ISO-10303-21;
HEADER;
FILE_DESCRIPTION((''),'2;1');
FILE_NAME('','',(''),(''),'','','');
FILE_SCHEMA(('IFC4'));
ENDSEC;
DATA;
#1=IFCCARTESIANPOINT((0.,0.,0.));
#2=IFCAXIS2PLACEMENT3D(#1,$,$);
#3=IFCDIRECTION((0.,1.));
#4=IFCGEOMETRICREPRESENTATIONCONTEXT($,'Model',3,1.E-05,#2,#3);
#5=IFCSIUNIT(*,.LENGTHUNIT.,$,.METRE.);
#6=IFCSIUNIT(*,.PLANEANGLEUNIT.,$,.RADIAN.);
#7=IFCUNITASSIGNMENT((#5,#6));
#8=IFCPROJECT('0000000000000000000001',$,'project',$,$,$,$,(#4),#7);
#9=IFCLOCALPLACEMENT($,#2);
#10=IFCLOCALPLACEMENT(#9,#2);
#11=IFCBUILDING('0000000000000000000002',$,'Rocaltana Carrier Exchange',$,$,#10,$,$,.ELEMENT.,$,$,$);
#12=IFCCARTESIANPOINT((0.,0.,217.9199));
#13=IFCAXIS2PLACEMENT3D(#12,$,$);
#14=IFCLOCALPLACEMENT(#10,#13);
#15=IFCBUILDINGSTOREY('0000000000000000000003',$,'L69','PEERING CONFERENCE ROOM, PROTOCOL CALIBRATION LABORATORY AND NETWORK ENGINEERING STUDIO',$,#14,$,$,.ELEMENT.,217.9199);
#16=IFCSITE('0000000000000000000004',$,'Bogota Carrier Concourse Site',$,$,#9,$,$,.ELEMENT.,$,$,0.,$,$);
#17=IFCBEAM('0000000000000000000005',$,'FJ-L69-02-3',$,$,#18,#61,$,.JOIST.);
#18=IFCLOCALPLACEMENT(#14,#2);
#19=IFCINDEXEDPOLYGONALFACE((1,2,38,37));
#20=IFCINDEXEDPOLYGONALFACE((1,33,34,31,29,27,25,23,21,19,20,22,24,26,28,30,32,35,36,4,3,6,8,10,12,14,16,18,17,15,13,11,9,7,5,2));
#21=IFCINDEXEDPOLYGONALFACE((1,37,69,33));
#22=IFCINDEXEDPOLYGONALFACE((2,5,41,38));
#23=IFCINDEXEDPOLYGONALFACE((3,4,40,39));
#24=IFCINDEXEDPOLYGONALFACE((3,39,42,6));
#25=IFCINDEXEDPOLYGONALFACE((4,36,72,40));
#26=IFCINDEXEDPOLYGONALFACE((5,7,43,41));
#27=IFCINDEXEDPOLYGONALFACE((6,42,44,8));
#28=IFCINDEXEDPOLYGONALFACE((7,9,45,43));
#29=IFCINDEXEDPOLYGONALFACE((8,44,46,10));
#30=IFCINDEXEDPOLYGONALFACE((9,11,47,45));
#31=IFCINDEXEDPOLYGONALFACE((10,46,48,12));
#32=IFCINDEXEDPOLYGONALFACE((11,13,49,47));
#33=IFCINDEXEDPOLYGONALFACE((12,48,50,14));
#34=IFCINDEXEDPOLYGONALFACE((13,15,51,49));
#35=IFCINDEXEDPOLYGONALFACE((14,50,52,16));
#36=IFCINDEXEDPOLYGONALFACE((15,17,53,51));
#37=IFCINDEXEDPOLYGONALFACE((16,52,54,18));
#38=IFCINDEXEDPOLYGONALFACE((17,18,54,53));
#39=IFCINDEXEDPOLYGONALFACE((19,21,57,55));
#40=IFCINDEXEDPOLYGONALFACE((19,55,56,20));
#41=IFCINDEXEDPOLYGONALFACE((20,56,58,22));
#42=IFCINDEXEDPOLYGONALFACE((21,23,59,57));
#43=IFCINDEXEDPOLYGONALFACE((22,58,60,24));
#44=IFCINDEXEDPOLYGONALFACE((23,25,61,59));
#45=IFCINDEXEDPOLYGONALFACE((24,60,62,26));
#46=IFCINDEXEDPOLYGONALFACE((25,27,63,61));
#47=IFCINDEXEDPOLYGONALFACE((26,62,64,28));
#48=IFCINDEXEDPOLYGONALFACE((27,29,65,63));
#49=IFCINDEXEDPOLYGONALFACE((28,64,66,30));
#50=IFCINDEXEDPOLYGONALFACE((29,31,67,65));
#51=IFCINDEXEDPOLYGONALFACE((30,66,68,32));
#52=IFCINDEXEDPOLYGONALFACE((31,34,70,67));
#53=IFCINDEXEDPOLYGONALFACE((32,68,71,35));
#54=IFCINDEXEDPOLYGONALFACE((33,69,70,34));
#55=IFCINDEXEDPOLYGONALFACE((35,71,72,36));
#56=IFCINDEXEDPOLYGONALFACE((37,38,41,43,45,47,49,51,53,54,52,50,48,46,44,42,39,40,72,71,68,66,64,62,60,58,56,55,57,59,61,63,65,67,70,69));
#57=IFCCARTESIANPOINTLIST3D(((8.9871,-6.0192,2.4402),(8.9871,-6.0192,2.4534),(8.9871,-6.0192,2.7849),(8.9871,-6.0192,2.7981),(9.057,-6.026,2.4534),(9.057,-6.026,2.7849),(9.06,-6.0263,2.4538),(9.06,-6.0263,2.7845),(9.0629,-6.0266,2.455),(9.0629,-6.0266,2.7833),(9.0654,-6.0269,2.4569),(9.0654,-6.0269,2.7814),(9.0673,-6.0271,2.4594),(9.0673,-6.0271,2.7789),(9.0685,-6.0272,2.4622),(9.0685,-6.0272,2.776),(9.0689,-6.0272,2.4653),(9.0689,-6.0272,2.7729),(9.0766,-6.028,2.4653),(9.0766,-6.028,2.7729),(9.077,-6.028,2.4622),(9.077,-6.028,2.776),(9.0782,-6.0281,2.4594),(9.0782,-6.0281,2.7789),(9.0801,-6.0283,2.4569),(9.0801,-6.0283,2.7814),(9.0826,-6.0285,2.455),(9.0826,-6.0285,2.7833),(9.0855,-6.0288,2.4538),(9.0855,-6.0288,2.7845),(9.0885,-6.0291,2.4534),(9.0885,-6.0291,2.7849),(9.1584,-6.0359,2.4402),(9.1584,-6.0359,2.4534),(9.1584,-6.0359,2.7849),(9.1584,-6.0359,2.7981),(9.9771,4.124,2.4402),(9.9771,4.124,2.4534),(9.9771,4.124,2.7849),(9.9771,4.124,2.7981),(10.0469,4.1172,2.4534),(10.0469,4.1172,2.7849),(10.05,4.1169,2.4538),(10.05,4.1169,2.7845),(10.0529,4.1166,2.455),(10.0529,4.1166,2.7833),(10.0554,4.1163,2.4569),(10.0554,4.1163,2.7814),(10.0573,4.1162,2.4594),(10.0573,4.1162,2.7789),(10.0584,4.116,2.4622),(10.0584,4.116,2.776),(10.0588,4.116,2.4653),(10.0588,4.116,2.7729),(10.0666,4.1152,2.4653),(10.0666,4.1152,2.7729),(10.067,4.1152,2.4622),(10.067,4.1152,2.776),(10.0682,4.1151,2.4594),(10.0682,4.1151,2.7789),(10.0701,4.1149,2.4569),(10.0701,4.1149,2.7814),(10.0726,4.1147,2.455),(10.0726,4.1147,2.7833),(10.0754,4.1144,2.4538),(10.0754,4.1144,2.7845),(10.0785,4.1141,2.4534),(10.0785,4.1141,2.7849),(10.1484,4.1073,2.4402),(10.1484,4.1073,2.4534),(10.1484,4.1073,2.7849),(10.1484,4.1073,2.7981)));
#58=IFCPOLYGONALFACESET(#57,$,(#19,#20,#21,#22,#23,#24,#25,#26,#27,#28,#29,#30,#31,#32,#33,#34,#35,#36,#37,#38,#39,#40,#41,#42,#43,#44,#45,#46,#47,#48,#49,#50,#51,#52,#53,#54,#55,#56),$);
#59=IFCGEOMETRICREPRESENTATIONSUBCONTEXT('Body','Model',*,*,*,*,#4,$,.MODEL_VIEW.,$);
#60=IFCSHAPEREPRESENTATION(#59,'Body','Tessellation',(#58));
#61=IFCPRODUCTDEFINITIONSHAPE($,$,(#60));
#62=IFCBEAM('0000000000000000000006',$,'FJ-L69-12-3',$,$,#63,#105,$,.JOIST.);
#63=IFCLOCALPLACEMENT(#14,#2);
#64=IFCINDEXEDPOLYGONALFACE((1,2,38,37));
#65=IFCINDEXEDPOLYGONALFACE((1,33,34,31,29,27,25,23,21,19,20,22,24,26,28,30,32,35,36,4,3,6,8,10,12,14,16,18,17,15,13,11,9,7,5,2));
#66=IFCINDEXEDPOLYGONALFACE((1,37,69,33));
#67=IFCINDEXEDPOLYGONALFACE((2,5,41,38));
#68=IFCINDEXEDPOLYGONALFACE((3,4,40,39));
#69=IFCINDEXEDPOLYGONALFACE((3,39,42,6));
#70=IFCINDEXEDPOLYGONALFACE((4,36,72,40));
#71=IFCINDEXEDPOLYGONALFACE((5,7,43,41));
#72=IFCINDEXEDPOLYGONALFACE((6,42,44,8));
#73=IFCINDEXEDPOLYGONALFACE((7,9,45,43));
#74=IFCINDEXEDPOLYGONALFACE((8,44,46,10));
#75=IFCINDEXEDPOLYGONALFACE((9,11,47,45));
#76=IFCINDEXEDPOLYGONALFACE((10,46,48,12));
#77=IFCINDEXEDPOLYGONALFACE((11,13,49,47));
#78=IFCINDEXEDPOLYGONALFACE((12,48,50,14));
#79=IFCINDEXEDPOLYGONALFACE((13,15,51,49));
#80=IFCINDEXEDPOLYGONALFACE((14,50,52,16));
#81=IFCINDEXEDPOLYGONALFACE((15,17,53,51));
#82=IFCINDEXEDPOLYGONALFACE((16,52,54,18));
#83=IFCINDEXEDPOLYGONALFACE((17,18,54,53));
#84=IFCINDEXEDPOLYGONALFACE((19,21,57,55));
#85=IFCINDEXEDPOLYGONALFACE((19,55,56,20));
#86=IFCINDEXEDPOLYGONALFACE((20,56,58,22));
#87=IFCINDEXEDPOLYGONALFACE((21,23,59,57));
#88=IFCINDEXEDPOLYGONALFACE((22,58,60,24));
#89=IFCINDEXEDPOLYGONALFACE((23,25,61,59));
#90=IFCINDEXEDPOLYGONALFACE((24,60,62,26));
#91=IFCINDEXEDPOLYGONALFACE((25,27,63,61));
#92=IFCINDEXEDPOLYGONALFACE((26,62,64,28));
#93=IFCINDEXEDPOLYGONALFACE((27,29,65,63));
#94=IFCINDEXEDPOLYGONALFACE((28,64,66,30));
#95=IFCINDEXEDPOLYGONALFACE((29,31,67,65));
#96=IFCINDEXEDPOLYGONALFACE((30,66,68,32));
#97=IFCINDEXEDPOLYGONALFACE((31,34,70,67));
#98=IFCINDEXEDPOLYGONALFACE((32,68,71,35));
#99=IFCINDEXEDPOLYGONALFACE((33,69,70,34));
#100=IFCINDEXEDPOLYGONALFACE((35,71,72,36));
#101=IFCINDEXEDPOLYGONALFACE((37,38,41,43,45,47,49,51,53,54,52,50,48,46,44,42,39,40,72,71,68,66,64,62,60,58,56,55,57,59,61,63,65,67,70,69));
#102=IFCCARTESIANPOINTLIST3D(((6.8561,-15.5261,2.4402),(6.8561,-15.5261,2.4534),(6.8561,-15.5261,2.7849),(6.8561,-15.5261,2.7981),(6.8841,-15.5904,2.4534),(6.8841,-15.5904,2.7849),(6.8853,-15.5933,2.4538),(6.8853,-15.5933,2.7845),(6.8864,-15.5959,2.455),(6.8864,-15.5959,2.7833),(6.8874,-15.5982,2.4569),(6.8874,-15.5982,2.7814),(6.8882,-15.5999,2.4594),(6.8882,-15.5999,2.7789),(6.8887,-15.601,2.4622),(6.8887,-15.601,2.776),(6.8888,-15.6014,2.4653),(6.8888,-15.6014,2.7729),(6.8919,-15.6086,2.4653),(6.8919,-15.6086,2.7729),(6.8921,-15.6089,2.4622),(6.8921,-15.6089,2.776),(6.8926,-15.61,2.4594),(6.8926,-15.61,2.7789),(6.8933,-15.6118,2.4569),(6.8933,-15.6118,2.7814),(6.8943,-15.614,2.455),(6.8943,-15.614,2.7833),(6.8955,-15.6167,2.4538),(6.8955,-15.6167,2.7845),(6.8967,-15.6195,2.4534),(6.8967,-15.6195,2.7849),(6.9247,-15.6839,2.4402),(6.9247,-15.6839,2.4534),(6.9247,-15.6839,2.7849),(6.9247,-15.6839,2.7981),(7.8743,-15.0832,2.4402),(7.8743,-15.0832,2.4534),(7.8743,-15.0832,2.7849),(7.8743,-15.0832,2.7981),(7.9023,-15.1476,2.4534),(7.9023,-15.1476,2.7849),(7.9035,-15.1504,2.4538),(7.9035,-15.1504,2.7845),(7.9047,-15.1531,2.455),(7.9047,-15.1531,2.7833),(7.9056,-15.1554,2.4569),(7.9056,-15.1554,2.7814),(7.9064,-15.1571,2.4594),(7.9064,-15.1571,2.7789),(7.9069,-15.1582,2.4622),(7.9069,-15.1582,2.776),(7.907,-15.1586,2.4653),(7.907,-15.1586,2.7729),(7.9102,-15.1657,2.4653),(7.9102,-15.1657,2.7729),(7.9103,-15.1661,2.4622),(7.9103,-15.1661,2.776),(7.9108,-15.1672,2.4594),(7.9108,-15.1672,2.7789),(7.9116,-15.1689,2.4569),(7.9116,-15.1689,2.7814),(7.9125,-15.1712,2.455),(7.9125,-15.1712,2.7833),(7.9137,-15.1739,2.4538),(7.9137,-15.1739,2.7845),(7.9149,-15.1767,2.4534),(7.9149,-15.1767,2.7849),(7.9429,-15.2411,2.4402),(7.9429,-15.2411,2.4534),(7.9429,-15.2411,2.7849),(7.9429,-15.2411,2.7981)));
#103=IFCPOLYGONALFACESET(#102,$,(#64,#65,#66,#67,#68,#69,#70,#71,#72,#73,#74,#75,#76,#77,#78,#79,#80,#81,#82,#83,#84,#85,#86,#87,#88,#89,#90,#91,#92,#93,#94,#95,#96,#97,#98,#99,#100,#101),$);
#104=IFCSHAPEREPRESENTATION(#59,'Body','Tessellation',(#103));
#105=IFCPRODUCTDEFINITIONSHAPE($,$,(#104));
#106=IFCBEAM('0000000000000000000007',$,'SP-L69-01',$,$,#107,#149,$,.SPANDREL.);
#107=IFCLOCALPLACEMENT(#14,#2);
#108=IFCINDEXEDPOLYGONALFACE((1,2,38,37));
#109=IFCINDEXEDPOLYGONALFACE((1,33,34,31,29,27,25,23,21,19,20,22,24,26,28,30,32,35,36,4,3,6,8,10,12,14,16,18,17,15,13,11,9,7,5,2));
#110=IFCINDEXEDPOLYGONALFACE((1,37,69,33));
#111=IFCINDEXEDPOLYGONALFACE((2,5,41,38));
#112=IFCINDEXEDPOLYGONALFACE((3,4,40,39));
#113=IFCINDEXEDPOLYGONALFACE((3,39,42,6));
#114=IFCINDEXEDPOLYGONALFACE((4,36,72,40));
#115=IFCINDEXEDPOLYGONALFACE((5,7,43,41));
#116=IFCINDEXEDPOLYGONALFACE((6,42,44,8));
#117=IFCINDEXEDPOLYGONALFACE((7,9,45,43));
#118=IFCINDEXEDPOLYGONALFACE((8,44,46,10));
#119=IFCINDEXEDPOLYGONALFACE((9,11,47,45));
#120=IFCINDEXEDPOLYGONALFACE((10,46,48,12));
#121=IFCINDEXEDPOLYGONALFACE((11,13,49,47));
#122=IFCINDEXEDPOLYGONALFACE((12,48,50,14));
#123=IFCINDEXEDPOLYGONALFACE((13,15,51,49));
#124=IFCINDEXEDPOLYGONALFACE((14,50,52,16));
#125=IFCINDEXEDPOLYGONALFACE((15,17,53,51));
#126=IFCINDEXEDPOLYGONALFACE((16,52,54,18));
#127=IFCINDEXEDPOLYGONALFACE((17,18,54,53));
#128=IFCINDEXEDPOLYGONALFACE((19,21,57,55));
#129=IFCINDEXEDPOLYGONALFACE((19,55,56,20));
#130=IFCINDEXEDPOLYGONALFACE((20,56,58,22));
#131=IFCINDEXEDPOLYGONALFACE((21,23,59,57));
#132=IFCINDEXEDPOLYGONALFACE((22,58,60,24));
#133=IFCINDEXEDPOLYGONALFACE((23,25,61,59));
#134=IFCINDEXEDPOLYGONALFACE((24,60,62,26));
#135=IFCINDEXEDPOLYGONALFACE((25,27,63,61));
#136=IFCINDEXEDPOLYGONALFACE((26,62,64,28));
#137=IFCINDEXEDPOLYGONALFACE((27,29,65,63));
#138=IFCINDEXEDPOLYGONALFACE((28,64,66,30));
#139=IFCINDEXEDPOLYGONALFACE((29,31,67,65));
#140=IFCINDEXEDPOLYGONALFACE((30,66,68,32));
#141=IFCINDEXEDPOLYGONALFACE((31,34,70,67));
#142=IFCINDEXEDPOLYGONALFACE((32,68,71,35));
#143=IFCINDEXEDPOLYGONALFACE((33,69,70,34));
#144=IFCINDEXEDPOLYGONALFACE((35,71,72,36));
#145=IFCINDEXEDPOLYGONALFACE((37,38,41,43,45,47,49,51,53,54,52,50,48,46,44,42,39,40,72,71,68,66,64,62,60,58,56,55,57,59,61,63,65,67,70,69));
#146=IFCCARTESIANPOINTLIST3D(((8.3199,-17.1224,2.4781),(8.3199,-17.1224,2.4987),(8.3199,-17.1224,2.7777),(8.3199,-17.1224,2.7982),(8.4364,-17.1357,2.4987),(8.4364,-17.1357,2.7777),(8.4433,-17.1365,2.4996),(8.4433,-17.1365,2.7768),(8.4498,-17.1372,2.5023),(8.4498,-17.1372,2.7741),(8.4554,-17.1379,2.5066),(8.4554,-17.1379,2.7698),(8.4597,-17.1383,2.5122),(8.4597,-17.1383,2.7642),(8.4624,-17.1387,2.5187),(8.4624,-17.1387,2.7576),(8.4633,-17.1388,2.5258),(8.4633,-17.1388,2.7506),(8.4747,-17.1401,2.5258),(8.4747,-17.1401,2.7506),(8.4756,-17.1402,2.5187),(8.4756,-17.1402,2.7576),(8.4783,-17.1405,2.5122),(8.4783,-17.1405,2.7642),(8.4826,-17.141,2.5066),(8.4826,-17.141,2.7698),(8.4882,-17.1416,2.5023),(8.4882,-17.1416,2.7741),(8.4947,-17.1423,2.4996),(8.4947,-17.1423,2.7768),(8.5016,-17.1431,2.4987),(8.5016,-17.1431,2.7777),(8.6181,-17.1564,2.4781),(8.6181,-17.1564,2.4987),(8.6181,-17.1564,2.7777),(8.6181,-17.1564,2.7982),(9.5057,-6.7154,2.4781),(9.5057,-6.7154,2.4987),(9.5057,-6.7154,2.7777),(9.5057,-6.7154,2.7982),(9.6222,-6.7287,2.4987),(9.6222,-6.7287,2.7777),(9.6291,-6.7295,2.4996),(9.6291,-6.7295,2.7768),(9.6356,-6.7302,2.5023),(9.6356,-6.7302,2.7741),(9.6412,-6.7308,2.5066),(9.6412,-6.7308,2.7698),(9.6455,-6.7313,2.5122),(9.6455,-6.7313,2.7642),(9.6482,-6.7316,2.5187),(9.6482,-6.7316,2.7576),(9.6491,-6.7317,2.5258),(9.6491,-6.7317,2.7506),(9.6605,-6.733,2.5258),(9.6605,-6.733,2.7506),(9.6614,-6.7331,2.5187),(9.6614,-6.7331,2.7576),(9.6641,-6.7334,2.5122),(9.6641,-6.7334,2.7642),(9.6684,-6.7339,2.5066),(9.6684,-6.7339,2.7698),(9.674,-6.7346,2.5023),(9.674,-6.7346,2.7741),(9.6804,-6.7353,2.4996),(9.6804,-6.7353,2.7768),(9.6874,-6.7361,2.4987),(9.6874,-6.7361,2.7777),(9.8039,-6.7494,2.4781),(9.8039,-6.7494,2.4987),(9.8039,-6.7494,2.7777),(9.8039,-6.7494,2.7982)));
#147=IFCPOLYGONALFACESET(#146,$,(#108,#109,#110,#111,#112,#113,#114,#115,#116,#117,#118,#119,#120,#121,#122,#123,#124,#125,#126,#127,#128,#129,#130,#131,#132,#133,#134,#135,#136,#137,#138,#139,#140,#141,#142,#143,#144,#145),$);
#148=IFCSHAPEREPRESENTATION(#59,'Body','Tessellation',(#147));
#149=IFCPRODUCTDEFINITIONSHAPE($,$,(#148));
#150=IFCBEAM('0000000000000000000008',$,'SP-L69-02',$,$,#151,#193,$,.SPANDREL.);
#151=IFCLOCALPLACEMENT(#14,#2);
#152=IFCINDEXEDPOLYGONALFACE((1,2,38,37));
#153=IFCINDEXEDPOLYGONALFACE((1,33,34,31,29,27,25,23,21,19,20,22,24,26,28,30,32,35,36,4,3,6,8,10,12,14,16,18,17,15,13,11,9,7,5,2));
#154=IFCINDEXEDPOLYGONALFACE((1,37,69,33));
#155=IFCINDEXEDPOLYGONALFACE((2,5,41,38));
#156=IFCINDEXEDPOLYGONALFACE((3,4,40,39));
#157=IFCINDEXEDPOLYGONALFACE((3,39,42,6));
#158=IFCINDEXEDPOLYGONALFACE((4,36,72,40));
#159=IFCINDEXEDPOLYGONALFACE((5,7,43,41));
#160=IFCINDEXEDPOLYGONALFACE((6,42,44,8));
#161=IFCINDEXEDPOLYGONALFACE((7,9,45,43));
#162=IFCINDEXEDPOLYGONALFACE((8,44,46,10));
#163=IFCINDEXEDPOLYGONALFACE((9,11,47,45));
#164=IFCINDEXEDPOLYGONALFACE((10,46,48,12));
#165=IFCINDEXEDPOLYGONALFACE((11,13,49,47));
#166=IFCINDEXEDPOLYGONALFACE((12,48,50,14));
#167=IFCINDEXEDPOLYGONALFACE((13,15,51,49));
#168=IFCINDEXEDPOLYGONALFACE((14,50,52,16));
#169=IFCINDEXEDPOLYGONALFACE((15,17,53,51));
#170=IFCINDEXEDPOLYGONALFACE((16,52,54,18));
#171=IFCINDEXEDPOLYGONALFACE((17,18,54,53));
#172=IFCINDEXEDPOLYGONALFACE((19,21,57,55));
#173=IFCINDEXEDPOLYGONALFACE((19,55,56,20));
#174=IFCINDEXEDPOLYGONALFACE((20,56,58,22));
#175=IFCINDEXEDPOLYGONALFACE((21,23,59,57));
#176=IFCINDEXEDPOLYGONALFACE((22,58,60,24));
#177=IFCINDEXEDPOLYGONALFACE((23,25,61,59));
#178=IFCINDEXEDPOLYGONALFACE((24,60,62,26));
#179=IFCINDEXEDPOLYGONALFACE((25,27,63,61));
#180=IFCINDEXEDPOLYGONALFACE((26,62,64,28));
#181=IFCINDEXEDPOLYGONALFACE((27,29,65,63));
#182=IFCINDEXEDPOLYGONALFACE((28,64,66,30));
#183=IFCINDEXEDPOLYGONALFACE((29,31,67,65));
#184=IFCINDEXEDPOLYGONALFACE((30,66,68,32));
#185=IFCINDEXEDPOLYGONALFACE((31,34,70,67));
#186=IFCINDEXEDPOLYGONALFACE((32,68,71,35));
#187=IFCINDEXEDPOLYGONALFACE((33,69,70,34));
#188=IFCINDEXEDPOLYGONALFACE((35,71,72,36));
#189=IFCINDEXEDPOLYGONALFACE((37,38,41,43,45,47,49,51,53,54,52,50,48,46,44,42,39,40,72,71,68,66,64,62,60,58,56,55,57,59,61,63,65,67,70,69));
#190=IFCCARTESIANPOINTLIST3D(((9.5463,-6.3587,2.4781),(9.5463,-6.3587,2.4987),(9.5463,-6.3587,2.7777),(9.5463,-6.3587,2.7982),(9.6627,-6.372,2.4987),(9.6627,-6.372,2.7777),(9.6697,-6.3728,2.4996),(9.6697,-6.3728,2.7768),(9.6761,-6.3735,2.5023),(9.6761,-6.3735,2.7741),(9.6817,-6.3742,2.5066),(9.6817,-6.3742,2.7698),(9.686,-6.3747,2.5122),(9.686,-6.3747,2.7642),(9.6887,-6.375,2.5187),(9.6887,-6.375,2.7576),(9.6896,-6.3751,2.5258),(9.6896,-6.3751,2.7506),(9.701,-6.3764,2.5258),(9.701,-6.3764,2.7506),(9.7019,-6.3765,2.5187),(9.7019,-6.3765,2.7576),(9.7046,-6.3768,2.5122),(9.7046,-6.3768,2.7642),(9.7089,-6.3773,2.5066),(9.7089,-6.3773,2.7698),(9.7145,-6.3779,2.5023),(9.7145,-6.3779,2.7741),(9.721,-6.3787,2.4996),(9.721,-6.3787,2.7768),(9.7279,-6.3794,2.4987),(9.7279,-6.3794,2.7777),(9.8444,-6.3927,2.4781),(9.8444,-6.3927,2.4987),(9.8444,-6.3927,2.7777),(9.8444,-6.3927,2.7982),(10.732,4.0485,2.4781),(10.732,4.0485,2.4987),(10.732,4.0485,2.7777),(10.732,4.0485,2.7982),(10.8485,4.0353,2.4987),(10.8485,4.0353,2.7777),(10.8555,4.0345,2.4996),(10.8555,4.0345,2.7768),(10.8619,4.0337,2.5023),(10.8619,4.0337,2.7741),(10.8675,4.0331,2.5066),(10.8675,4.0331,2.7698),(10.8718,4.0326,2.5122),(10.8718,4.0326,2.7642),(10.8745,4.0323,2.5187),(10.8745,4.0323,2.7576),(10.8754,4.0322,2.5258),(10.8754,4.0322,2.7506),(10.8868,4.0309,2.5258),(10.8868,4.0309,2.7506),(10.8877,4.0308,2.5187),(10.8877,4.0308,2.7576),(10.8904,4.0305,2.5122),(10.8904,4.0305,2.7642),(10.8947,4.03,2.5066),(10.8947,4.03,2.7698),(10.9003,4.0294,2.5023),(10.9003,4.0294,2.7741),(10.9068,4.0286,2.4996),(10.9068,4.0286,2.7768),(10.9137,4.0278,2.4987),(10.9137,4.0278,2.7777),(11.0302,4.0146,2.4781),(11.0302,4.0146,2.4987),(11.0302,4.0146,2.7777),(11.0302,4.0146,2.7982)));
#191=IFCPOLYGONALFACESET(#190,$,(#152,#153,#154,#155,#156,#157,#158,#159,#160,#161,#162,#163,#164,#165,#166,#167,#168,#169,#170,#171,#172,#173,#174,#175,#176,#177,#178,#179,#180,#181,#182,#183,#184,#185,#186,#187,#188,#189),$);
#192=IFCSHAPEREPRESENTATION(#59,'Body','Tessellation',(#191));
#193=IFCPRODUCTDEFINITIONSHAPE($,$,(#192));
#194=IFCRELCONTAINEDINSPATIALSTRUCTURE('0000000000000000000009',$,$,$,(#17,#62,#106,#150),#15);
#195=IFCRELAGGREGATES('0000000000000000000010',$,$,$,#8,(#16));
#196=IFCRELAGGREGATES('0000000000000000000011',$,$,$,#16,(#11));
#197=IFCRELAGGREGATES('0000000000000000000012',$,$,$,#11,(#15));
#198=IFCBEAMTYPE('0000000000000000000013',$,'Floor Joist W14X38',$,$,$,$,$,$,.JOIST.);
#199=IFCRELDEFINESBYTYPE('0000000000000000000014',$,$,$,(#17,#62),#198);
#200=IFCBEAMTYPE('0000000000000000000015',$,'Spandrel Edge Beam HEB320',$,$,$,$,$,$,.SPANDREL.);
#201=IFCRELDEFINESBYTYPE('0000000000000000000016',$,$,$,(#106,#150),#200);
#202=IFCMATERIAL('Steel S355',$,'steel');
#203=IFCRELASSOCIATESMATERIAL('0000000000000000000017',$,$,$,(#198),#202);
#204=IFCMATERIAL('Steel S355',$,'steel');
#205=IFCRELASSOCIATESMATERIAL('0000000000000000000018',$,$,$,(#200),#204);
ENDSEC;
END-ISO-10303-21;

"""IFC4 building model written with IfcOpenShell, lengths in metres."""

from ifc_helpers import new_model, si_unit, direction, frame, origin, origin_2d, place, context, subcontext, project, spatial, i_section, extrude, material, material_profile, profile_set, type_object, element, save


model = new_model("IFC4")

# Units and contexts
model_context = context("Model", 3, precision=1e-05, world=origin(), true_north=direction((0.0, 1.0)))
body_context = subcontext(model_context, "Body", "Model", "MODEL_VIEW")
ifc_project = project(units=[si_unit("LENGTHUNIT", "METRE"), si_unit("PLANEANGLEUNIT", "RADIAN")], contexts=[model_context])

# Site, building, storey
site_placement = place(None, origin())
site = spatial("IfcSite", under=ifc_project, at=site_placement, Name="Bogota Carrier Concourse Site", CompositionType="ELEMENT", RefElevation=0.0)
building_placement = place(site_placement, origin())
building = spatial("IfcBuilding", under=site, at=building_placement, Name="Rocaltana Carrier Exchange", CompositionType="ELEMENT")
storey_placement = place(building_placement, frame((0.0, 0.0, 217.9199)))
storey = spatial("IfcBuildingStorey", under=building, at=storey_placement, Name="L69", Description="PEERING CONFERENCE ROOM, PROTOCOL CALIBRATION LABORATORY AND NETWORK ENGINEERING STUDIO", CompositionType="ELEMENT", Elevation=217.9199)

# Beams
ifc_material_1 = material(Name="Steel S355", Category="steel")
ifc_material_profile_1 = material_profile(ifc_material_1, i_section(OverallWidth=0.1721, OverallDepth=0.3579, WebThickness=0.0078, FlangeThickness=0.0132, FilletRadius=0.012, at=origin_2d()), Name="W14X38")
ifc_profile_set_1 = profile_set([ifc_material_profile_1], Name="Steel S355")
beam_type_1 = type_object("IfcBeamType", Name="Floor Joist W14X38", PredefinedType="JOIST", material=ifc_profile_set_1)
beam_1_placement = place(storey_placement, frame((9.0728, -6.0276, 2.6191), z_axis=(0.097139, 0.995271, 0.0), x_axis=(-0.995271, 0.097139, 0.0)))
element("IfcBeam", 1, at=beam_1_placement, inside=storey, type_object=beam_type_1, Name="FJ-L69-02-3", PredefinedType="JOIST", context=body_context, shape_type="SweptSolid", body=[
    extrude(i_section(OverallWidth=0.1721, OverallDepth=0.3579, WebThickness=0.0078, FlangeThickness=0.0132, FilletRadius=0.012, at=origin_2d()), origin(), (0.0, 0.0, 1.0), 10.1914),
])
beam_2_placement = place(storey_placement, frame((6.8904, -15.605, 2.6191), z_axis=(0.917028, 0.398823, 0.0), x_axis=(-0.398823, 0.917028, 0.0)))
element("IfcBeam", 2, at=beam_2_placement, inside=storey, type_object=beam_type_1, Name="FJ-L69-12-3", PredefinedType="JOIST", context=body_context, shape_type="SweptSolid", body=[
    extrude(i_section(OverallWidth=0.1721, OverallDepth=0.3579, WebThickness=0.0078, FlangeThickness=0.0132, FilletRadius=0.012, at=origin_2d()), origin(), (0.0, 0.0, 1.0), 1.1104),
])
ifc_material_2 = material(Name="Steel S355", Category="steel")
ifc_material_profile_2 = material_profile(ifc_material_2, i_section(OverallWidth=0.3, OverallDepth=0.3201, WebThickness=0.0115, FlangeThickness=0.0205, FilletRadius=0.0271, at=origin_2d()), Name="HEB320")
ifc_profile_set_2 = profile_set([ifc_material_profile_2], Name="Steel S355")
beam_type_2 = type_object("IfcBeamType", Name="Spandrel Edge Beam HEB320", PredefinedType="SPANDREL", material=ifc_profile_set_2)
beam_3_placement = place(storey_placement, frame((8.469, -17.1394, 2.6382), z_axis=(0.113209, 0.993571, 0.0), x_axis=(-0.993571, 0.113209, 0.0)))
element("IfcBeam", 3, at=beam_3_placement, inside=storey, type_object=beam_type_2, Name="SP-L69-01", PredefinedType="SPANDREL", context=body_context, shape_type="SweptSolid", body=[
    extrude(i_section(OverallWidth=0.3, OverallDepth=0.3201, WebThickness=0.0115, FlangeThickness=0.0205, FilletRadius=0.0271, at=origin_2d()), origin(), (0.0, 0.0, 1.0), 10.4744),
])
beam_4_placement = place(storey_placement, frame((9.6953, -6.3757, 2.6382), z_axis=(0.113207, 0.993571, 0.0), x_axis=(-0.993571, 0.113207, 0.0)))
element("IfcBeam", 4, at=beam_4_placement, inside=storey, type_object=beam_type_2, Name="SP-L69-02", PredefinedType="SPANDREL", context=body_context, shape_type="SweptSolid", body=[
    extrude(i_section(OverallWidth=0.3, OverallDepth=0.3201, WebThickness=0.0115, FlangeThickness=0.0205, FilletRadius=0.0271, at=origin_2d()), origin(), (0.0, 0.0, 1.0), 10.4746),
])

save(model, "model.ifc")
